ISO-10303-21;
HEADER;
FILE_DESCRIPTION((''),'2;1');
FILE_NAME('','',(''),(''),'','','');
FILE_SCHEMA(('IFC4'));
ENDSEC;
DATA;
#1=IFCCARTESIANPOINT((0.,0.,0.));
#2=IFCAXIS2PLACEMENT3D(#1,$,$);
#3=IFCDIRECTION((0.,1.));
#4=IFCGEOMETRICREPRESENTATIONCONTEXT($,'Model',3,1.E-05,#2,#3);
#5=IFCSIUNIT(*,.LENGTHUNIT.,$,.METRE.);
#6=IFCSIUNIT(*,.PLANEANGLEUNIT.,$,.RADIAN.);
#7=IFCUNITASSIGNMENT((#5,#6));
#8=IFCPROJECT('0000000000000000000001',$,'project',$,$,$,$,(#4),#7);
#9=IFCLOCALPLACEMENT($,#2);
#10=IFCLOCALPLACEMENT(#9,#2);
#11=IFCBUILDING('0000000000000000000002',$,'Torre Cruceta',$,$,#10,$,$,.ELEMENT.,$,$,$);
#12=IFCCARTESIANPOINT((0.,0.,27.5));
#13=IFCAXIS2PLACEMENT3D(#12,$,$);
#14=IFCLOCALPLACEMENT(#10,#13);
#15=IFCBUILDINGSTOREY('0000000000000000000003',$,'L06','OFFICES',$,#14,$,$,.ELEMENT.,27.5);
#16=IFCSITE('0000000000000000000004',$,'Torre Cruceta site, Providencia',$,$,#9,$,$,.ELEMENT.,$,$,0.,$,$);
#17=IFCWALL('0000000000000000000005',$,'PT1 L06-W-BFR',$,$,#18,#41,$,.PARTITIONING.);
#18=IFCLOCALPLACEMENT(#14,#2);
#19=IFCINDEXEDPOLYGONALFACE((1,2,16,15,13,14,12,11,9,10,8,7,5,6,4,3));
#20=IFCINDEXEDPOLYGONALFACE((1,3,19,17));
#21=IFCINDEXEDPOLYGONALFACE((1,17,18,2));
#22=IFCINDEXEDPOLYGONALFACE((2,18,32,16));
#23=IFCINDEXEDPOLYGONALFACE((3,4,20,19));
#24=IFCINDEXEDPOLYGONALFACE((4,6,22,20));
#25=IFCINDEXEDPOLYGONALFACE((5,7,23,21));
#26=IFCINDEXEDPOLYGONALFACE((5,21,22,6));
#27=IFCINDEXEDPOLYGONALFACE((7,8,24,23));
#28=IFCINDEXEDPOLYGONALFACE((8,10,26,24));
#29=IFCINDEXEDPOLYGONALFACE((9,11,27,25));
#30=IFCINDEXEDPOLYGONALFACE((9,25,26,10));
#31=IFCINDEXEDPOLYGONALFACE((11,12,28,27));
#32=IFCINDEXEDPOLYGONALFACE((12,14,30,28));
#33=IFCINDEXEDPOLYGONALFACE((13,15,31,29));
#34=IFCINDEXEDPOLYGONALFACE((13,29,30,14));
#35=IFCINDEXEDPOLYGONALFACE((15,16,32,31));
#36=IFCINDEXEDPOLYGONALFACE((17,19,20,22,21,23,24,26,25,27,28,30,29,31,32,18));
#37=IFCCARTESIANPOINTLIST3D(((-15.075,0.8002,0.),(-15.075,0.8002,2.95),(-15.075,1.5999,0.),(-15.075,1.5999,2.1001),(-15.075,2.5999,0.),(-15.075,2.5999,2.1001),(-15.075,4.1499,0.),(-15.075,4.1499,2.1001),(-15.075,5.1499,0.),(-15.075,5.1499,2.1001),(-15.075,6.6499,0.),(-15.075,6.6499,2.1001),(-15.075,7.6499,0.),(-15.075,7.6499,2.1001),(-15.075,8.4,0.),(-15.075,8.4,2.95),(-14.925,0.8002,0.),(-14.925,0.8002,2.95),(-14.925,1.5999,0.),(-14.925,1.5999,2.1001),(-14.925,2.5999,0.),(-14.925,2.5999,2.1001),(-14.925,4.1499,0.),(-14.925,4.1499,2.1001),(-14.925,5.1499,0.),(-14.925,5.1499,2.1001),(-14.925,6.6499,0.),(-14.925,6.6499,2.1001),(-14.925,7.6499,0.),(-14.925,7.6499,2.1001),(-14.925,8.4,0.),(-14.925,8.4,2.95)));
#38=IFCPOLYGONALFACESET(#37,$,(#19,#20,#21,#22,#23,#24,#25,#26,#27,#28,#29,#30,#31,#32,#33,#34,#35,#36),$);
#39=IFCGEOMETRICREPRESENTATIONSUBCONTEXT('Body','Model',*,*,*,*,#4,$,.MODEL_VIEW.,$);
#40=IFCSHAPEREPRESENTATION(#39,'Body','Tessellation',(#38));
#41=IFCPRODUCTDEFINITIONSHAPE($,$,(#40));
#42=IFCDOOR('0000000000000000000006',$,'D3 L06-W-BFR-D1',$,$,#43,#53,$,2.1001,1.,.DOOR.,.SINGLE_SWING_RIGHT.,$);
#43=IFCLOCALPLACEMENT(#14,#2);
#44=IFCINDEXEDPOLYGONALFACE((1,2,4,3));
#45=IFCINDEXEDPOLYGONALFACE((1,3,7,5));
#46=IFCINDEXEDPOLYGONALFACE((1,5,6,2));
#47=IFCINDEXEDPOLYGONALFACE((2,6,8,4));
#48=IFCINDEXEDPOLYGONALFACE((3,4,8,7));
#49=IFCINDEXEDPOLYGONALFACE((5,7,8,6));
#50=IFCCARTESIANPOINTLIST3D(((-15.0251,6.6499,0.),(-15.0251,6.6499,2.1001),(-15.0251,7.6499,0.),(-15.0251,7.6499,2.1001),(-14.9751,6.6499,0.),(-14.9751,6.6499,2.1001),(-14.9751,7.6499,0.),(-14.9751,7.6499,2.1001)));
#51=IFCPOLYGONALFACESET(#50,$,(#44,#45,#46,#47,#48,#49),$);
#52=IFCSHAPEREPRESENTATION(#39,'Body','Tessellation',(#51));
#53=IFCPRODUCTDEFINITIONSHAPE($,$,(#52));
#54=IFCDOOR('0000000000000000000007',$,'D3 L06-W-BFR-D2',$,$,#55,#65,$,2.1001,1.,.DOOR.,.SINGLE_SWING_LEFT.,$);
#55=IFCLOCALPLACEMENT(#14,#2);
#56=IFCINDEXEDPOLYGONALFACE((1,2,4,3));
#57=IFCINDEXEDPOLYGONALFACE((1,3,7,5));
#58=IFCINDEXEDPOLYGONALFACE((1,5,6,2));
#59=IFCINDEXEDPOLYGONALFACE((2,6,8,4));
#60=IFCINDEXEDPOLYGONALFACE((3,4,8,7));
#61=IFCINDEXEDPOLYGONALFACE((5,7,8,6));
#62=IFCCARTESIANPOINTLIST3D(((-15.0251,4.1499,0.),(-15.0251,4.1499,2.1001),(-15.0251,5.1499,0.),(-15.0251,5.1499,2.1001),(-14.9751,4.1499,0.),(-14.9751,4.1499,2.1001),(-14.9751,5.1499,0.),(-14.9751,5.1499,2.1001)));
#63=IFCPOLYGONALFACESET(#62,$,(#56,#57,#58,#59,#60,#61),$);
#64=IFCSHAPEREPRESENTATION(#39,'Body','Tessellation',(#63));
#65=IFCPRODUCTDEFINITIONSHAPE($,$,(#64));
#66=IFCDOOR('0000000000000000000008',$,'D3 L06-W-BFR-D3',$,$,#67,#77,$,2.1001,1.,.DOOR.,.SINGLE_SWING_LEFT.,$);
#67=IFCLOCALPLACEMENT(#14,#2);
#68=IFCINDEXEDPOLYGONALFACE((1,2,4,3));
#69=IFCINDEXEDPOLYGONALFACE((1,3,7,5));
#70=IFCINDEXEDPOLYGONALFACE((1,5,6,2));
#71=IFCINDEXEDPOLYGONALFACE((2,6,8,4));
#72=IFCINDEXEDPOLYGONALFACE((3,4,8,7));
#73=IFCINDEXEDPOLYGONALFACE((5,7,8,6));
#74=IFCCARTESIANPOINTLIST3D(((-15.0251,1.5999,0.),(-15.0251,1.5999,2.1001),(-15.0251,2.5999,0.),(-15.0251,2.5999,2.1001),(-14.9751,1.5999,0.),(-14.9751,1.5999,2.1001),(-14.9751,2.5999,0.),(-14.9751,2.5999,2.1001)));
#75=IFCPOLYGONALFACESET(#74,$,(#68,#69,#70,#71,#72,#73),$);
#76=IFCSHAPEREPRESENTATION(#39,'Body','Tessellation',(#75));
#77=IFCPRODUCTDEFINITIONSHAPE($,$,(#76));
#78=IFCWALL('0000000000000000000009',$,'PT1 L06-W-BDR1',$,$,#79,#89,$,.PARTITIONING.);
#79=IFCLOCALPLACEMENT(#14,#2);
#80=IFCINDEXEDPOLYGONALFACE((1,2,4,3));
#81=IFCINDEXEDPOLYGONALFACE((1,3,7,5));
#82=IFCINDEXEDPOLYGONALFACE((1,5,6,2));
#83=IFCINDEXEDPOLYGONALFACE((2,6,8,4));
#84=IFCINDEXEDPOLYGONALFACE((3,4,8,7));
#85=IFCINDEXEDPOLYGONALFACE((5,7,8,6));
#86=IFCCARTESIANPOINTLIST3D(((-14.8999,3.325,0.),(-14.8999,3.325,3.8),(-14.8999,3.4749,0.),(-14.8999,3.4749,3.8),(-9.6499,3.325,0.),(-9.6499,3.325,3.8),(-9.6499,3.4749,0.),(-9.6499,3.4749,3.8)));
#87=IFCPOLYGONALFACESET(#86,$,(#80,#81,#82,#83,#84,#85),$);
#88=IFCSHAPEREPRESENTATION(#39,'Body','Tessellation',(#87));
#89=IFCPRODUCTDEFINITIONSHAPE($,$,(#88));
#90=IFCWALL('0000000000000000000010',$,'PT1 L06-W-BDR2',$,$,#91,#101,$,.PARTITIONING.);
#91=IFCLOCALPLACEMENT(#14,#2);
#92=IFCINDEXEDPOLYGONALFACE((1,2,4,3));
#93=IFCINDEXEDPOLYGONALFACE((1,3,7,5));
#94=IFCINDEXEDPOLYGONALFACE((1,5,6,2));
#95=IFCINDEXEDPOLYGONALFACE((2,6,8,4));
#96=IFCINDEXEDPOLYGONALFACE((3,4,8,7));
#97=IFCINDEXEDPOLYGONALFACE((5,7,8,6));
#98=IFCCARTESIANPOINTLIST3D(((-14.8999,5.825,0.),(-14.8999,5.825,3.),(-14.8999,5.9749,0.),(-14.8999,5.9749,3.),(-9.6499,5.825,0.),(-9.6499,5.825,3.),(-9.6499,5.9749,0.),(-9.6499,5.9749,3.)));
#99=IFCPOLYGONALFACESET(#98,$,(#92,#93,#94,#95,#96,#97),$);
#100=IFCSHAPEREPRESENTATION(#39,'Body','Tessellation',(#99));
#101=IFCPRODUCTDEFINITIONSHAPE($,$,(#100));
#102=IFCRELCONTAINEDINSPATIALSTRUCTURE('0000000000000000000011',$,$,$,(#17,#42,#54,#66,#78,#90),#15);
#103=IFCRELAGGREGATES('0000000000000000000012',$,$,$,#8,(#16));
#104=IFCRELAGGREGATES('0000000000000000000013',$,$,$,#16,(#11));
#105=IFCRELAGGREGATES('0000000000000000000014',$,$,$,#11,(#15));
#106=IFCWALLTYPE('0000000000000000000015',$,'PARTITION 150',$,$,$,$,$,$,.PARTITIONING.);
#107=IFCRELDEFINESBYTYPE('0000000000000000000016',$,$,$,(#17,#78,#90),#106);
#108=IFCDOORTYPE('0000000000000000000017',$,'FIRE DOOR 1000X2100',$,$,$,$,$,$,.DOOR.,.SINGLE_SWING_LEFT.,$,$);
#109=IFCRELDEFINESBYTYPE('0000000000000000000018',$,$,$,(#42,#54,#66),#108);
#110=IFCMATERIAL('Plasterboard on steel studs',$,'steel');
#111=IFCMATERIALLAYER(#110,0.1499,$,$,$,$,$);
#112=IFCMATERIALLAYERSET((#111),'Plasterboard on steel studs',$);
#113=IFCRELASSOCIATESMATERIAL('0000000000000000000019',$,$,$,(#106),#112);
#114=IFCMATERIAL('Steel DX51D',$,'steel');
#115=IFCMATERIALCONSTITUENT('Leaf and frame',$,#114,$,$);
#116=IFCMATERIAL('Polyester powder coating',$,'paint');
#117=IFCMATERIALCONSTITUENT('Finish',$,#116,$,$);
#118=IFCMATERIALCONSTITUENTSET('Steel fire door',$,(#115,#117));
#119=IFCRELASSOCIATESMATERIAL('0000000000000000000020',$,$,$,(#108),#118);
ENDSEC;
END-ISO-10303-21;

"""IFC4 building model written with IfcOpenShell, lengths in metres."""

from ifc_helpers import new_model, si_unit, direction, frame, frame_2d, origin, place, context, subcontext, project, spatial, rectangle, extrude, material, layer, layer_set, constituent, constituent_set, type_object, element, fill, save


model = new_model("IFC4")

# Units and contexts
model_context = context("Model", 3, precision=1e-05, world=origin(), true_north=direction((0.0, 1.0)))
body_context = subcontext(model_context, "Body", "Model", "MODEL_VIEW")
ifc_project = project(units=[si_unit("LENGTHUNIT", "METRE"), si_unit("PLANEANGLEUNIT", "RADIAN")], contexts=[model_context])

# Site, building, storey
site_placement = place(None, origin())
site = spatial("IfcSite", under=ifc_project, at=site_placement, Name="Torre Cruceta site, Providencia", CompositionType="ELEMENT", RefElevation=0.0)
building_placement = place(site_placement, origin())
building = spatial("IfcBuilding", under=site, at=building_placement, Name="Torre Cruceta", CompositionType="ELEMENT")
storey_placement = place(building_placement, frame((0.0, 0.0, 27.5)))
storey = spatial("IfcBuildingStorey", under=building, at=storey_placement, Name="L06", Description="OFFICES", CompositionType="ELEMENT", Elevation=27.5)

# Wall, openings, doors
ifc_material_1 = material(Name="Plasterboard on steel studs", Category="steel")
ifc_layer_1 = layer(ifc_material_1, 0.1499)
ifc_layer_set_1 = layer_set([ifc_layer_1], Name="Plasterboard on steel studs")
wall_type_1 = type_object("IfcWallType", Name="PARTITION 150", PredefinedType="PARTITIONING", material=ifc_layer_set_1)
wall_1_placement = place(storey_placement, frame((-15.0, 8.3999, 0.0), z_axis=(0.0, 0.0, 1.0), x_axis=(0.0, -1.0, 0.0)))
wall_1 = element("IfcWall", 1, at=wall_1_placement, inside=storey, type_object=wall_type_1, Name="PT1 L06-W-BFR", PredefinedType="PARTITIONING", context=body_context, shape_type="SweptSolid", body=[
    extrude(rectangle(XDim=7.5999, YDim=0.1499, at=frame_2d((3.7998, 0.0))), origin(), (0.0, 0.0, 1.0), 2.95),
])
opening_1_placement = place(wall_1_placement, frame((0.75, 0.0, 0.0)))
opening_1 = element("IfcOpeningElement", 2, at=opening_1_placement, cuts=wall_1, PredefinedType="OPENING", context=body_context, shape_type="SweptSolid", body=[
    extrude(rectangle(XDim=1.0, YDim=2.1001, at=frame_2d((0.5, 1.05))), frame((0.0, 0.085, 0.0), z_axis=(0.0, -1.0, 0.0), x_axis=(1.0, 0.0, 0.0)), (0.0, 0.0, 1.0), 0.1699),
])
opening_2_placement = place(wall_1_placement, frame((3.25, 0.0, 0.0)))
opening_2 = element("IfcOpeningElement", 3, at=opening_2_placement, cuts=wall_1, PredefinedType="OPENING", context=body_context, shape_type="SweptSolid", body=[
    extrude(rectangle(XDim=1.0, YDim=2.1001, at=frame_2d((0.5, 1.05))), frame((0.0, 0.085, 0.0), z_axis=(0.0, -1.0, 0.0), x_axis=(1.0, 0.0, 0.0)), (0.0, 0.0, 1.0), 0.1699),
])
opening_3_placement = place(wall_1_placement, frame((5.8, 0.0, 0.0)))
opening_3 = element("IfcOpeningElement", 4, at=opening_3_placement, cuts=wall_1, PredefinedType="OPENING", context=body_context, shape_type="SweptSolid", body=[
    extrude(rectangle(XDim=1.0, YDim=2.1001, at=frame_2d((0.5, 1.05))), frame((0.0, 0.085, 0.0), z_axis=(0.0, -1.0, 0.0), x_axis=(1.0, 0.0, 0.0)), (0.0, 0.0, 1.0), 0.1699),
])
ifc_material_2 = material(Name="Steel DX51D", Category="steel")
ifc_constituent_1 = constituent(ifc_material_2, Name="Leaf and frame")
ifc_material_3 = material(Name="Polyester powder coating", Category="paint")
ifc_constituent_2 = constituent(ifc_material_3, Name="Finish")
ifc_constituent_set_1 = constituent_set(constituents=[ifc_constituent_1, ifc_constituent_2], Name="Steel fire door")
door_type_1 = type_object("IfcDoorType", Name="FIRE DOOR 1000X2100", OperationType="SINGLE_SWING_LEFT", PredefinedType="DOOR", material=ifc_constituent_set_1)
door_1_placement = place(opening_1_placement, origin())
door_1 = element("IfcDoor", 5, at=door_1_placement, inside=storey, type_object=door_type_1, Name="D3 L06-W-BFR-D1", OperationType="SINGLE_SWING_RIGHT", OverallHeight=2.1001, OverallWidth=1.0, PredefinedType="DOOR", context=body_context, shape_type="SweptSolid", body=[
    extrude(rectangle(XDim=1.0, YDim=2.1001, at=frame_2d((0.5, 1.05))), frame((0.0, 0.0249, 0.0), z_axis=(0.0, -1.0, 0.0), x_axis=(1.0, 0.0, 0.0)), (0.0, 0.0, 1.0), 0.05),
])
fill(opening_1, door_1)
door_2_placement = place(opening_2_placement, origin())
door_2 = element("IfcDoor", 6, at=door_2_placement, inside=storey, type_object=door_type_1, Name="D3 L06-W-BFR-D2", OperationType="SINGLE_SWING_LEFT", OverallHeight=2.1001, OverallWidth=1.0, PredefinedType="DOOR", context=body_context, shape_type="SweptSolid", body=[
    extrude(rectangle(XDim=1.0, YDim=2.1001, at=frame_2d((0.5, 1.05))), frame((0.0, 0.0249, 0.0), z_axis=(0.0, -1.0, 0.0), x_axis=(1.0, 0.0, 0.0)), (0.0, 0.0, 1.0), 0.05),
])
fill(opening_2, door_2)
door_3_placement = place(opening_3_placement, origin())
door_3 = element("IfcDoor", 7, at=door_3_placement, inside=storey, type_object=door_type_1, Name="D3 L06-W-BFR-D3", OperationType="SINGLE_SWING_LEFT", OverallHeight=2.1001, OverallWidth=1.0, PredefinedType="DOOR", context=body_context, shape_type="SweptSolid", body=[
    extrude(rectangle(XDim=1.0, YDim=2.1001, at=frame_2d((0.5, 1.05))), frame((0.0, 0.0249, 0.0), z_axis=(0.0, -1.0, 0.0), x_axis=(1.0, 0.0, 0.0)), (0.0, 0.0, 1.0), 0.05),
])
fill(opening_3, door_3)

# Walls
wall_2_placement = place(storey_placement, frame((-9.6499, 3.3999, 0.0), z_axis=(0.0, 0.0, 1.0), x_axis=(-1.0, 0.0, 0.0)))
element("IfcWall", 8, at=wall_2_placement, inside=storey, type_object=wall_type_1, Name="PT1 L06-W-BDR1", PredefinedType="PARTITIONING", context=body_context, shape_type="SweptSolid", body=[
    extrude(rectangle(XDim=5.25, YDim=0.1499, at=frame_2d((2.625, 0.0))), origin(), (0.0, 0.0, 1.0), 3.8),
])
wall_3_placement = place(storey_placement, frame((-9.6499, 5.8999, 0.0), z_axis=(0.0, 0.0, 1.0), x_axis=(-1.0, 0.0, 0.0)))
element("IfcWall", 9, at=wall_3_placement, inside=storey, type_object=wall_type_1, Name="PT1 L06-W-BDR2", PredefinedType="PARTITIONING", context=body_context, shape_type="SweptSolid", body=[
    extrude(rectangle(XDim=5.25, YDim=0.1499, at=frame_2d((2.625, 0.0))), origin(), (0.0, 0.0, 1.0), 3.0),
])

save(model, "model.ifc")
